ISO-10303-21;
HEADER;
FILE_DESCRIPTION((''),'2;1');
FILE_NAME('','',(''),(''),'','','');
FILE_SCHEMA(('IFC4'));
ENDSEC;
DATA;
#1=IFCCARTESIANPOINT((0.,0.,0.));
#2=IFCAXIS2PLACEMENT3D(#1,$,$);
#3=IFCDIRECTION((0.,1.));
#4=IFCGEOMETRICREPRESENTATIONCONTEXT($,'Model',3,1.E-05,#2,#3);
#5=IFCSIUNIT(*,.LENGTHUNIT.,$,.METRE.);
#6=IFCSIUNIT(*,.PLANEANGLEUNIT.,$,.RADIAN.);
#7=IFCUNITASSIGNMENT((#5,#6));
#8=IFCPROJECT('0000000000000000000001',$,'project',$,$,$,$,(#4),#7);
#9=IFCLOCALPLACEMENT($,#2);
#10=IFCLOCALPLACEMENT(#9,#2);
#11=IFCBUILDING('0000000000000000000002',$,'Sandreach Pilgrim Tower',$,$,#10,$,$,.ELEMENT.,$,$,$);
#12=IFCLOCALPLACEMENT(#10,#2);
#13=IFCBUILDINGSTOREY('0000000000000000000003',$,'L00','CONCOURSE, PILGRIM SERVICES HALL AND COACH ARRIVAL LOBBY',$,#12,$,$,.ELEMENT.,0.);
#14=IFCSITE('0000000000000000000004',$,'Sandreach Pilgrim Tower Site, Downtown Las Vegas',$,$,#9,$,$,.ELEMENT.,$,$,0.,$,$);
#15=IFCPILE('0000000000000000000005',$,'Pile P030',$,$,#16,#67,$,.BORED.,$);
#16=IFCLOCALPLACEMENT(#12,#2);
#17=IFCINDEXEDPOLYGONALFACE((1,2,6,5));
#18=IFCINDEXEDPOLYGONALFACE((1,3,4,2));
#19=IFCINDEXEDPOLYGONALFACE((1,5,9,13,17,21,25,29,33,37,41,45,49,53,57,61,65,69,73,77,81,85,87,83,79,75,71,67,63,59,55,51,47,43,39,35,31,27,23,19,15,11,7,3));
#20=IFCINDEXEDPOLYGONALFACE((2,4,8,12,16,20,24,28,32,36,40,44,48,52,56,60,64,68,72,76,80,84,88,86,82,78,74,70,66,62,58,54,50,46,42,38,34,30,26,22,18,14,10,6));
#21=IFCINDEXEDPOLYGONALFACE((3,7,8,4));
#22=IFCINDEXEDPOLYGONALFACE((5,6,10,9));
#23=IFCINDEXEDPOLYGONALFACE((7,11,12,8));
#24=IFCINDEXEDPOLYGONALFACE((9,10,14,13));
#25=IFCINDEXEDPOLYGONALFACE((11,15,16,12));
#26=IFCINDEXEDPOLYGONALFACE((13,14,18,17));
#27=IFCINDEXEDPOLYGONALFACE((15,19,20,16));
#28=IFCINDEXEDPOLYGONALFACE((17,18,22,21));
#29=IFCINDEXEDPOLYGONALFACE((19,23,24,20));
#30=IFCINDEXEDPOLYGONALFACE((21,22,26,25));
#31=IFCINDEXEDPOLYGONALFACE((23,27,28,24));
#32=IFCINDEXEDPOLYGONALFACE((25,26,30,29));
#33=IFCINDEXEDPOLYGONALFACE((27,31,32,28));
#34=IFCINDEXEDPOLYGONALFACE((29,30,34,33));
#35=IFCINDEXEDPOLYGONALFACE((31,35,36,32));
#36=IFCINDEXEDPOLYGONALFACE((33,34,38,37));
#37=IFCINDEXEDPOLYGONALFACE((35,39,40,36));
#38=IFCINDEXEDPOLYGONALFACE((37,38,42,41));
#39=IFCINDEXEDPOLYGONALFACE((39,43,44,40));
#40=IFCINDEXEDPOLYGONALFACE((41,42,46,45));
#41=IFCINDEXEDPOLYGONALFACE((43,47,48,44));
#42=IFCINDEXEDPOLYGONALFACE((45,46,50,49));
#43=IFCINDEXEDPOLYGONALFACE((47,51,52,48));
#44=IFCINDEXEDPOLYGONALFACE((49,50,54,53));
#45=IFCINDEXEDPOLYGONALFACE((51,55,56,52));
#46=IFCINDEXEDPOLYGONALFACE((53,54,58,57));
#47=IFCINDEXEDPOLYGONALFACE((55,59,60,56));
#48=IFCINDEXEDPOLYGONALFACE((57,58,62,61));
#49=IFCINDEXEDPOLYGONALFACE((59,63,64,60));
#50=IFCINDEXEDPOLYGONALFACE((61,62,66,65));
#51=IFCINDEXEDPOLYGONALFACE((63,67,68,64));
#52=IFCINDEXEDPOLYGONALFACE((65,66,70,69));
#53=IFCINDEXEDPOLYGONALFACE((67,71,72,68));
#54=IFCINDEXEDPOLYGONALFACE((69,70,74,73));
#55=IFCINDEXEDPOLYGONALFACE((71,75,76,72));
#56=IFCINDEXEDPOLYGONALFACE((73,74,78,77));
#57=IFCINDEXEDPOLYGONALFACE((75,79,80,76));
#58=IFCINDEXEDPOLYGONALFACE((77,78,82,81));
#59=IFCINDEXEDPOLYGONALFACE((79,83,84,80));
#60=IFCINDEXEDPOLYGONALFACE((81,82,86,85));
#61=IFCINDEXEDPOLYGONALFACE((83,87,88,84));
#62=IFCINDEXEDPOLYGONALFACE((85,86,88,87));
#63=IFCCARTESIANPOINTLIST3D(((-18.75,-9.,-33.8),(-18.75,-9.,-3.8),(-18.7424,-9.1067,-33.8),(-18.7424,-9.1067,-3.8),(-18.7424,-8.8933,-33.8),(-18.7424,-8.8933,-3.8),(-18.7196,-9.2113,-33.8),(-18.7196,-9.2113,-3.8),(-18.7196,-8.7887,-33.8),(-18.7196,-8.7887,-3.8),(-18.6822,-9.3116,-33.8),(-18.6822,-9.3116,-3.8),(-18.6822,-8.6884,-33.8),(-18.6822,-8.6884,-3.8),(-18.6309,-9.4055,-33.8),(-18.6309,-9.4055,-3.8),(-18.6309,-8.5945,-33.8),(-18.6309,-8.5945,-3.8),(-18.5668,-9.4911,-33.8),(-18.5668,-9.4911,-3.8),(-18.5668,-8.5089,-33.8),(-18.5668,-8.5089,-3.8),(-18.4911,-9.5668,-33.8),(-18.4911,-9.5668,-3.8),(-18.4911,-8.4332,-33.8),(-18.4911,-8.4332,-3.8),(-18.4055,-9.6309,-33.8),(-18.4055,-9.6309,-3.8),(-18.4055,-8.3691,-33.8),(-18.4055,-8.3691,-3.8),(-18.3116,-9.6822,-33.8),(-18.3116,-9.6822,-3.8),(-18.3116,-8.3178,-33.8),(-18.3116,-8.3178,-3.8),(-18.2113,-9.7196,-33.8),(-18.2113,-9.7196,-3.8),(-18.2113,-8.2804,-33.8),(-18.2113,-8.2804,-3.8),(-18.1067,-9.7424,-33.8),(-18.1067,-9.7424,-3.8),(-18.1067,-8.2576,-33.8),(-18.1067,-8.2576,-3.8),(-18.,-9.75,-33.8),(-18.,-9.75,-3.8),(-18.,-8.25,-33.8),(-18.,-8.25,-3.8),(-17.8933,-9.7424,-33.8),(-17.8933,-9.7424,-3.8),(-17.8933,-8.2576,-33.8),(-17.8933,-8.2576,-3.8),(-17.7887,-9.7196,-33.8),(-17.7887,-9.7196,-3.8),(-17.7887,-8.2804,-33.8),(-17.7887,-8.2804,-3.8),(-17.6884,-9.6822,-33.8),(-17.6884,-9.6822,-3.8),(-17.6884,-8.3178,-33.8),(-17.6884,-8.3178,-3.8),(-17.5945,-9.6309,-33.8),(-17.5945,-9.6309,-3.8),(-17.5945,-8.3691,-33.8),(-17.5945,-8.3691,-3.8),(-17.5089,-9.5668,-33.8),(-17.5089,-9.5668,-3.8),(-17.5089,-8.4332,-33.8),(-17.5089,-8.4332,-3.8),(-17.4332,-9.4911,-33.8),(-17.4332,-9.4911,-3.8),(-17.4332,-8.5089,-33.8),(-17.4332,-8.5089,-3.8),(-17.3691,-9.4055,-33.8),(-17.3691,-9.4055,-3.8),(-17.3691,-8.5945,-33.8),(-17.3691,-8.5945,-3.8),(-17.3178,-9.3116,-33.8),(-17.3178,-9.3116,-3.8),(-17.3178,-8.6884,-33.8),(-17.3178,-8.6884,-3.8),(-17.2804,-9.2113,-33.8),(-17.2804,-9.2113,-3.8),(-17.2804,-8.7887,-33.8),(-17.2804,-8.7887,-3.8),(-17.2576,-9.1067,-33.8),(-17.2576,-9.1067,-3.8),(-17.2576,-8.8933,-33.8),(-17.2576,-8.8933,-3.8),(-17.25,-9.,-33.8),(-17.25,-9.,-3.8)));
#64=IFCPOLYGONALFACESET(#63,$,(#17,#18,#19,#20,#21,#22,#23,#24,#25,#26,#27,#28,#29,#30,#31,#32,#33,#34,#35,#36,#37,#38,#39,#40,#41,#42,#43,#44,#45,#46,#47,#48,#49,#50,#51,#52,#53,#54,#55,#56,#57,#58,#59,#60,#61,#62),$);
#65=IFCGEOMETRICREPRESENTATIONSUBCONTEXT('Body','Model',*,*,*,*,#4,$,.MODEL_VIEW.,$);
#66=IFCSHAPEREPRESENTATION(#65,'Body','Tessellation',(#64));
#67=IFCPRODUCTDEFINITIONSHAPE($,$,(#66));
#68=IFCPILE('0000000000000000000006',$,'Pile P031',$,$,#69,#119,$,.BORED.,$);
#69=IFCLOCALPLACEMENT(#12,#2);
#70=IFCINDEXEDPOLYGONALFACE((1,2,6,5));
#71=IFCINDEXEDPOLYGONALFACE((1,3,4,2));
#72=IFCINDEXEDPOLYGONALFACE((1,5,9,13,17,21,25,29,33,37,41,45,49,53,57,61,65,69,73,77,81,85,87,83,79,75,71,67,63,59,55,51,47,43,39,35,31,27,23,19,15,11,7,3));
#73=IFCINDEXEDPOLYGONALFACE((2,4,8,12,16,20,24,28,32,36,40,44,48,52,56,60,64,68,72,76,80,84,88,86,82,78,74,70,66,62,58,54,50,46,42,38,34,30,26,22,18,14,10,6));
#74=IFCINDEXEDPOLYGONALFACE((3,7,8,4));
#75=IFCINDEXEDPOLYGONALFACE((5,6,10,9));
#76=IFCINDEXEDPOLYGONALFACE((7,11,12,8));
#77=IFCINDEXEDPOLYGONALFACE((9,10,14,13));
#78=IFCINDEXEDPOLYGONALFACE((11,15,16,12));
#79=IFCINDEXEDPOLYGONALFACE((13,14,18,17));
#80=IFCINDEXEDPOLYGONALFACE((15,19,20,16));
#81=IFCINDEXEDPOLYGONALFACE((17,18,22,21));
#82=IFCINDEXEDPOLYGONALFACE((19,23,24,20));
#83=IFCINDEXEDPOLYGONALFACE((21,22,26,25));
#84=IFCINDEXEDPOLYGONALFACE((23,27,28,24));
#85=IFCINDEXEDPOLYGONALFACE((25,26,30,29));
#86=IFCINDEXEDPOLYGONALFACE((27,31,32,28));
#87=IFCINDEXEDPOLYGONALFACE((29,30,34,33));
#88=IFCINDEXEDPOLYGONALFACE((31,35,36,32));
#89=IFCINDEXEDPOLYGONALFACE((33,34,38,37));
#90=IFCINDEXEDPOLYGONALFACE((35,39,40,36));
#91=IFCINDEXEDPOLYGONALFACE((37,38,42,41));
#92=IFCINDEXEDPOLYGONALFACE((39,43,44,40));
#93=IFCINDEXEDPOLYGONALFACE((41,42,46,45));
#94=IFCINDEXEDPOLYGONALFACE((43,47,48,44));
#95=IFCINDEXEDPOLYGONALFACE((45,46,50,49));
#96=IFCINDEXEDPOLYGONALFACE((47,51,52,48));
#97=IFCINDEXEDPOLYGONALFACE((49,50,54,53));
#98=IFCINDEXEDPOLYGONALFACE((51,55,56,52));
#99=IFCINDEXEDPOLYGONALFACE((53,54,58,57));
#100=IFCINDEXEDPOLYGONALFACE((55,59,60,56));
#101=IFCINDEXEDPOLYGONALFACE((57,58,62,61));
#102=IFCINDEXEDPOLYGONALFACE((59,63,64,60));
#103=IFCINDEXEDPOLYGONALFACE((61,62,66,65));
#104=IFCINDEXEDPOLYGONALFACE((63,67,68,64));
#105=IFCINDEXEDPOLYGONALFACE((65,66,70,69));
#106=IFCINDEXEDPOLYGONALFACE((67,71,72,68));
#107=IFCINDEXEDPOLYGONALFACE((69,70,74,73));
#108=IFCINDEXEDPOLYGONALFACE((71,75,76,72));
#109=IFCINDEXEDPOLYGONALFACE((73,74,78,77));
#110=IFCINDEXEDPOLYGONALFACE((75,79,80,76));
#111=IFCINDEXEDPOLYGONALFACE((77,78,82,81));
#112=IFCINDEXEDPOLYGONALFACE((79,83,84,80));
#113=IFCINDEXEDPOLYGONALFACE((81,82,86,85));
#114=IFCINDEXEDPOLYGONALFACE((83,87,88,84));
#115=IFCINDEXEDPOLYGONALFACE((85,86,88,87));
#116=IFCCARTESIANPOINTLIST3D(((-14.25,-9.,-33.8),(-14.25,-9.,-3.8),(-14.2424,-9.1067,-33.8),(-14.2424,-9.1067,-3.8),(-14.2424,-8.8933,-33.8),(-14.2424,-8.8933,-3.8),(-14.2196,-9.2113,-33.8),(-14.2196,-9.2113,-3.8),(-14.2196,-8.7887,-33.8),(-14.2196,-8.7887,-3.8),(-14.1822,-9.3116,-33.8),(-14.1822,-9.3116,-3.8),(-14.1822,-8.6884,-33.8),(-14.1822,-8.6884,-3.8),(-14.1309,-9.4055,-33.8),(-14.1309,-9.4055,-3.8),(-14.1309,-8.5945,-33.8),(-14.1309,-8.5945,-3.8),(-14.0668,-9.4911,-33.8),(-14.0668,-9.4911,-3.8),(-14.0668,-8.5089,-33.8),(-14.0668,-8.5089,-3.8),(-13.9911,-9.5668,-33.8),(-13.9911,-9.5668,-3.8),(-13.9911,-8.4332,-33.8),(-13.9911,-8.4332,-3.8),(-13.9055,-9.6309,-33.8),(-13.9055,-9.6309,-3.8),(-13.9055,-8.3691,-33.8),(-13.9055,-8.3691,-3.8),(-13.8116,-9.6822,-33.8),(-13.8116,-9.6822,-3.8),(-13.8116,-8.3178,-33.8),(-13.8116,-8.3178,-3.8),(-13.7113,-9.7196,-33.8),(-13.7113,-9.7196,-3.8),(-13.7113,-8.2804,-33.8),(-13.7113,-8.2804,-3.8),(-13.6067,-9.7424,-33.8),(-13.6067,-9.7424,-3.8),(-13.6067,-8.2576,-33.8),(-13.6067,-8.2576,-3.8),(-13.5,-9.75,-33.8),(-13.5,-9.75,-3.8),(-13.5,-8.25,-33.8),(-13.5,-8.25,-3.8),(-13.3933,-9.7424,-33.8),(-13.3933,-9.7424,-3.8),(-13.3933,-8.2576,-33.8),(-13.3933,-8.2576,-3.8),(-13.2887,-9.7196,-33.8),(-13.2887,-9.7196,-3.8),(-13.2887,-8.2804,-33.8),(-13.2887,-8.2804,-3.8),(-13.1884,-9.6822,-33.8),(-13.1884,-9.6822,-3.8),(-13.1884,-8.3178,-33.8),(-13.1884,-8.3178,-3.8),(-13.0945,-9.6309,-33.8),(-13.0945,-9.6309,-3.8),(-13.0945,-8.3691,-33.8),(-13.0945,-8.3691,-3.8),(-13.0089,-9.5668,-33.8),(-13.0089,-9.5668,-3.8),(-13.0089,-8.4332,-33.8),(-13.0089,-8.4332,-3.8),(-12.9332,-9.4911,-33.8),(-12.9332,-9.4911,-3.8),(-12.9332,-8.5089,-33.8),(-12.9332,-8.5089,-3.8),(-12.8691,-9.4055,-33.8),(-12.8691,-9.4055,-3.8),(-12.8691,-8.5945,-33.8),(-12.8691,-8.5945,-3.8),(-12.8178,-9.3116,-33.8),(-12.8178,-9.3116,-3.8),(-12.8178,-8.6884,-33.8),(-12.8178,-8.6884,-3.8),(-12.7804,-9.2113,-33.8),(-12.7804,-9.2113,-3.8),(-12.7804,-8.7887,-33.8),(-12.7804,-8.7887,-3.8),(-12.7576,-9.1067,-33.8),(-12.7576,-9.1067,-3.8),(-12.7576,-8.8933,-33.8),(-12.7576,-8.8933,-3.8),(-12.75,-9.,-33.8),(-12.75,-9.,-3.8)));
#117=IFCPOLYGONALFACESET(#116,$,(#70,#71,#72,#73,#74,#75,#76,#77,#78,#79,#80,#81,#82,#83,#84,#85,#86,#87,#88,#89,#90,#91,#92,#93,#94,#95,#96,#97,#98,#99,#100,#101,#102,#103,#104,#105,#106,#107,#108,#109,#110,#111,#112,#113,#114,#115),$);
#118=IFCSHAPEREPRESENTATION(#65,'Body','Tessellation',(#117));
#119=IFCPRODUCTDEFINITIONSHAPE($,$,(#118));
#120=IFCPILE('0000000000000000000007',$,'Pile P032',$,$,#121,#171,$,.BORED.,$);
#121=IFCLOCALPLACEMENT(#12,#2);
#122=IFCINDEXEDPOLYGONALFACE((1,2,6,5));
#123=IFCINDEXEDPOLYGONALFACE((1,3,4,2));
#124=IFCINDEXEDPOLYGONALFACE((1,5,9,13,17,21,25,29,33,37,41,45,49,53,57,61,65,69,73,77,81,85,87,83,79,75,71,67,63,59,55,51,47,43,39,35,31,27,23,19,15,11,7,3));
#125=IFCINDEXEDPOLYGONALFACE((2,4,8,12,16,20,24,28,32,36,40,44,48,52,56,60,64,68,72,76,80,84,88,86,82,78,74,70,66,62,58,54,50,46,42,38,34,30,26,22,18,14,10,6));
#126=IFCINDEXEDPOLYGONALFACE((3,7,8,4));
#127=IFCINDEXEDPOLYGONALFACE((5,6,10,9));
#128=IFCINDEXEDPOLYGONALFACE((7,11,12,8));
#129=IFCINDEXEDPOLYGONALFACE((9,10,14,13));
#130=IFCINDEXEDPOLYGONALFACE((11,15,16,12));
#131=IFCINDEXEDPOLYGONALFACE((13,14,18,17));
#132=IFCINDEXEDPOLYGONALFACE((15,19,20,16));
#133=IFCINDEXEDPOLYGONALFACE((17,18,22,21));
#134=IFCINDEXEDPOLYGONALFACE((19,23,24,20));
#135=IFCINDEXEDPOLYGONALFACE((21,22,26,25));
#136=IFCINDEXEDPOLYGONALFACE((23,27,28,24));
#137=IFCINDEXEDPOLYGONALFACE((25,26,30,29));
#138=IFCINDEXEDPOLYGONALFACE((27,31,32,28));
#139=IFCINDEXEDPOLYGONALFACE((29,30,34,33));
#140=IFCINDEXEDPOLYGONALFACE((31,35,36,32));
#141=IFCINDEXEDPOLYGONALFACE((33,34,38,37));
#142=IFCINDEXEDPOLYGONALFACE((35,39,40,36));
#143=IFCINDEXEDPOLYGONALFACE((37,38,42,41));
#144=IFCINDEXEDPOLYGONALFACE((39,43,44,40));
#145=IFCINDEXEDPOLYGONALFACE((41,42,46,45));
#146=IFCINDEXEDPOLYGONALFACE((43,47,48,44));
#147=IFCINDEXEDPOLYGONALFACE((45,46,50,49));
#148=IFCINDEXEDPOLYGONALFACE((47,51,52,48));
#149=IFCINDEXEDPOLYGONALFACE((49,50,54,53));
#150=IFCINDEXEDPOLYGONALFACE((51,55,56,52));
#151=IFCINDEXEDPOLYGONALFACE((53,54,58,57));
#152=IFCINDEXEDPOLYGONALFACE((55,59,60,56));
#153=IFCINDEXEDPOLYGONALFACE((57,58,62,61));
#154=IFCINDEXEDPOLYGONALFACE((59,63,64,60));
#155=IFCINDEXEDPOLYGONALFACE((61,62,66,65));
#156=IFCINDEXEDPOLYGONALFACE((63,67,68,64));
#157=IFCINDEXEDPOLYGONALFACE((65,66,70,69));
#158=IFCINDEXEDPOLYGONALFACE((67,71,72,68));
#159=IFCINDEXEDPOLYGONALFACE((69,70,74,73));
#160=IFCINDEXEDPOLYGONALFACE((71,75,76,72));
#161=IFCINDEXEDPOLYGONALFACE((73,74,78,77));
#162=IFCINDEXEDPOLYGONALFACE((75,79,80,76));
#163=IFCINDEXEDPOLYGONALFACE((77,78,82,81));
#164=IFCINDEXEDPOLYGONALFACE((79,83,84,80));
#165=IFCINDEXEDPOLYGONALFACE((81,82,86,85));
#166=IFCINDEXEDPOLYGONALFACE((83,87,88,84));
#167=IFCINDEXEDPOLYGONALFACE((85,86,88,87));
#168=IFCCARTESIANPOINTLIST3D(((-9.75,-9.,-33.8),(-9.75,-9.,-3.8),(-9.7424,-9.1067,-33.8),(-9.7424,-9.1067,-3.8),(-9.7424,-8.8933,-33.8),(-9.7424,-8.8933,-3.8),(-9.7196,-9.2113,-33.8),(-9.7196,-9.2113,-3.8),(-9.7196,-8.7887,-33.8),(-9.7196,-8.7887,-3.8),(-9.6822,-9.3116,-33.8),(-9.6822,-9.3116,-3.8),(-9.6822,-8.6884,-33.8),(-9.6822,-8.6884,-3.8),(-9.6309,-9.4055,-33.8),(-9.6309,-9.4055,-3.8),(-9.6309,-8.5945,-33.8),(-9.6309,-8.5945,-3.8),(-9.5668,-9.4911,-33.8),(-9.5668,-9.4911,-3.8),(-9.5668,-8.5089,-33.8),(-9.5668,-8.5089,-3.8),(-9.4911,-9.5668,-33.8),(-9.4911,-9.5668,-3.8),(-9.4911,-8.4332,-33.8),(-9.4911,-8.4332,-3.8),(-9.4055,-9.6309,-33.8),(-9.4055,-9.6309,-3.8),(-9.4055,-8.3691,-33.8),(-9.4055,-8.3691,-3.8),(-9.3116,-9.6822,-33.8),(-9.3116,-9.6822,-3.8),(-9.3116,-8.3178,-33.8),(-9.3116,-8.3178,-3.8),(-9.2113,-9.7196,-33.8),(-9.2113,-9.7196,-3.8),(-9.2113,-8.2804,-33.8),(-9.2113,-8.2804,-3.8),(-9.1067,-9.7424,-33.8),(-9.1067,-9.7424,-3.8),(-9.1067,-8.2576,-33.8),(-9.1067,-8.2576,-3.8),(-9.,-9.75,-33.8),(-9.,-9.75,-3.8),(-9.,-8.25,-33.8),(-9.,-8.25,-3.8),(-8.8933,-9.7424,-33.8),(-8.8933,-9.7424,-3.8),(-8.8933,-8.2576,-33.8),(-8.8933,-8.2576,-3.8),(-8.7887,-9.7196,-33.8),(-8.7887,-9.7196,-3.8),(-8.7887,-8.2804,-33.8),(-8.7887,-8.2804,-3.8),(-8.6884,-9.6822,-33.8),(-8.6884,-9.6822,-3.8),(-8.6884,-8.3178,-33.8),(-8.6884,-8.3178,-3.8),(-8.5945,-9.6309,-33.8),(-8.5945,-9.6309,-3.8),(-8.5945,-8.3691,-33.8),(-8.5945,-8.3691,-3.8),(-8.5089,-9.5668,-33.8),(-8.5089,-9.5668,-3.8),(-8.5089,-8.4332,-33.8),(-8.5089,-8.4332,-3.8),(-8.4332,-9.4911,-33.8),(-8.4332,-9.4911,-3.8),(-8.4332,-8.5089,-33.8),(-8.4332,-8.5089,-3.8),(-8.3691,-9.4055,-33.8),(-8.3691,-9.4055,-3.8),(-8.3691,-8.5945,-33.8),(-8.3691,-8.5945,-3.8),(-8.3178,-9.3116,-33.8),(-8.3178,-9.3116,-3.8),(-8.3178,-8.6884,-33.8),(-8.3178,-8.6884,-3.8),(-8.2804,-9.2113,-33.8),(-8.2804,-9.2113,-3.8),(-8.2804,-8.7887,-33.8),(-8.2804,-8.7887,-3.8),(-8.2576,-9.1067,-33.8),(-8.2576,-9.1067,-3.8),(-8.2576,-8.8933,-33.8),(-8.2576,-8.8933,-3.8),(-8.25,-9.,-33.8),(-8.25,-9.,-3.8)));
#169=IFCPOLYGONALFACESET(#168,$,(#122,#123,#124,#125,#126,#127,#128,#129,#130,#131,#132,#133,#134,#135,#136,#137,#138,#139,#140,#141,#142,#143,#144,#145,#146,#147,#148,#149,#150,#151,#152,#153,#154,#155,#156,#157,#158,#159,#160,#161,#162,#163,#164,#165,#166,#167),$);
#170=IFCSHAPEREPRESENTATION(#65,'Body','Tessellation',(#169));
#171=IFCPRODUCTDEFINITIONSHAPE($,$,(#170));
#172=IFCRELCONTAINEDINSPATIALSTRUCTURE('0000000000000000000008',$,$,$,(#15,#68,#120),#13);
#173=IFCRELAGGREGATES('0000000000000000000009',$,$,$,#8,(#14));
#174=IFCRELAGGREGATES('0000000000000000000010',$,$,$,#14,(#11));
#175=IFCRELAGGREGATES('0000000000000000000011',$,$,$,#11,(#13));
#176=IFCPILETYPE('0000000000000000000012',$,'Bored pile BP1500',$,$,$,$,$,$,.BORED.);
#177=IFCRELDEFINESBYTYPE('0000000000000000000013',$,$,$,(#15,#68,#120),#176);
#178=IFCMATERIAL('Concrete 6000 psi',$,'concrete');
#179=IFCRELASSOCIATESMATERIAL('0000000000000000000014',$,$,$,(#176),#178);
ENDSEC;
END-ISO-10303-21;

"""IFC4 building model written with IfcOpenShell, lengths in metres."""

from ifc_helpers import new_model, si_unit, direction, frame, origin, origin_2d, place, context, subcontext, project, spatial, circle, extrude, material, material_profile, profile_set, type_object, element, save


model = new_model("IFC4")

# Units and contexts
model_context = context("Model", 3, precision=1e-05, world=origin(), true_north=direction((0.0, 1.0)))
body_context = subcontext(model_context, "Body", "Model", "MODEL_VIEW")
ifc_project = project(units=[si_unit("LENGTHUNIT", "METRE"), si_unit("PLANEANGLEUNIT", "RADIAN")], contexts=[model_context])

# Site, building, storey
site_placement = place(None, origin())
site = spatial("IfcSite", under=ifc_project, at=site_placement, Name="Sandreach Pilgrim Tower Site, Downtown Las Vegas", CompositionType="ELEMENT", RefElevation=0.0)
building_placement = place(site_placement, origin())
building = spatial("IfcBuilding", under=site, at=building_placement, Name="Sandreach Pilgrim Tower", CompositionType="ELEMENT")
storey_placement = place(building_placement, origin())
storey = spatial("IfcBuildingStorey", under=building, at=storey_placement, Name="L00", Description="CONCOURSE, PILGRIM SERVICES HALL AND COACH ARRIVAL LOBBY", CompositionType="ELEMENT", Elevation=0.0)

# Piles
ifc_material_1 = material(Name="Concrete 6000 psi", Category="concrete")
ifc_material_profile = material_profile(ifc_material_1, circle(Radius=0.75, at=origin_2d()), Name="BP1500")
ifc_profile_set = profile_set([ifc_material_profile], Name="Concrete 6000 psi")
pile_type = type_object("IfcPileType", Name="Bored pile BP1500", PredefinedType="BORED", material=ifc_profile_set)
for number, where, z_axis, x_axis, name in (
    (1, (-18.0, -9.0, -3.8), (0.0, 0.0, -1.0), (1.0, 0.0, 0.0), "Pile P030"),
    (2, (-13.5, -9.0, -3.8), (0.0, 0.0, -1.0), (1.0, 0.0, 0.0), "Pile P031"),
    (3, (-9.0, -9.0, -3.8), (0.0, 0.0, -1.0), (1.0, 0.0, 0.0), "Pile P032"),
):
    element("IfcPile", number, at=place(storey_placement, frame(where, z_axis=z_axis, x_axis=x_axis)), inside=storey, type_object=pile_type, Name=name, PredefinedType="BORED", context=body_context, shape_type="SweptSolid", body=[
        extrude(circle(Radius=0.75, at=origin_2d()), origin(), (0.0, 0.0, 1.0), 30.0),
    ])

save(model, "model.ifc")
